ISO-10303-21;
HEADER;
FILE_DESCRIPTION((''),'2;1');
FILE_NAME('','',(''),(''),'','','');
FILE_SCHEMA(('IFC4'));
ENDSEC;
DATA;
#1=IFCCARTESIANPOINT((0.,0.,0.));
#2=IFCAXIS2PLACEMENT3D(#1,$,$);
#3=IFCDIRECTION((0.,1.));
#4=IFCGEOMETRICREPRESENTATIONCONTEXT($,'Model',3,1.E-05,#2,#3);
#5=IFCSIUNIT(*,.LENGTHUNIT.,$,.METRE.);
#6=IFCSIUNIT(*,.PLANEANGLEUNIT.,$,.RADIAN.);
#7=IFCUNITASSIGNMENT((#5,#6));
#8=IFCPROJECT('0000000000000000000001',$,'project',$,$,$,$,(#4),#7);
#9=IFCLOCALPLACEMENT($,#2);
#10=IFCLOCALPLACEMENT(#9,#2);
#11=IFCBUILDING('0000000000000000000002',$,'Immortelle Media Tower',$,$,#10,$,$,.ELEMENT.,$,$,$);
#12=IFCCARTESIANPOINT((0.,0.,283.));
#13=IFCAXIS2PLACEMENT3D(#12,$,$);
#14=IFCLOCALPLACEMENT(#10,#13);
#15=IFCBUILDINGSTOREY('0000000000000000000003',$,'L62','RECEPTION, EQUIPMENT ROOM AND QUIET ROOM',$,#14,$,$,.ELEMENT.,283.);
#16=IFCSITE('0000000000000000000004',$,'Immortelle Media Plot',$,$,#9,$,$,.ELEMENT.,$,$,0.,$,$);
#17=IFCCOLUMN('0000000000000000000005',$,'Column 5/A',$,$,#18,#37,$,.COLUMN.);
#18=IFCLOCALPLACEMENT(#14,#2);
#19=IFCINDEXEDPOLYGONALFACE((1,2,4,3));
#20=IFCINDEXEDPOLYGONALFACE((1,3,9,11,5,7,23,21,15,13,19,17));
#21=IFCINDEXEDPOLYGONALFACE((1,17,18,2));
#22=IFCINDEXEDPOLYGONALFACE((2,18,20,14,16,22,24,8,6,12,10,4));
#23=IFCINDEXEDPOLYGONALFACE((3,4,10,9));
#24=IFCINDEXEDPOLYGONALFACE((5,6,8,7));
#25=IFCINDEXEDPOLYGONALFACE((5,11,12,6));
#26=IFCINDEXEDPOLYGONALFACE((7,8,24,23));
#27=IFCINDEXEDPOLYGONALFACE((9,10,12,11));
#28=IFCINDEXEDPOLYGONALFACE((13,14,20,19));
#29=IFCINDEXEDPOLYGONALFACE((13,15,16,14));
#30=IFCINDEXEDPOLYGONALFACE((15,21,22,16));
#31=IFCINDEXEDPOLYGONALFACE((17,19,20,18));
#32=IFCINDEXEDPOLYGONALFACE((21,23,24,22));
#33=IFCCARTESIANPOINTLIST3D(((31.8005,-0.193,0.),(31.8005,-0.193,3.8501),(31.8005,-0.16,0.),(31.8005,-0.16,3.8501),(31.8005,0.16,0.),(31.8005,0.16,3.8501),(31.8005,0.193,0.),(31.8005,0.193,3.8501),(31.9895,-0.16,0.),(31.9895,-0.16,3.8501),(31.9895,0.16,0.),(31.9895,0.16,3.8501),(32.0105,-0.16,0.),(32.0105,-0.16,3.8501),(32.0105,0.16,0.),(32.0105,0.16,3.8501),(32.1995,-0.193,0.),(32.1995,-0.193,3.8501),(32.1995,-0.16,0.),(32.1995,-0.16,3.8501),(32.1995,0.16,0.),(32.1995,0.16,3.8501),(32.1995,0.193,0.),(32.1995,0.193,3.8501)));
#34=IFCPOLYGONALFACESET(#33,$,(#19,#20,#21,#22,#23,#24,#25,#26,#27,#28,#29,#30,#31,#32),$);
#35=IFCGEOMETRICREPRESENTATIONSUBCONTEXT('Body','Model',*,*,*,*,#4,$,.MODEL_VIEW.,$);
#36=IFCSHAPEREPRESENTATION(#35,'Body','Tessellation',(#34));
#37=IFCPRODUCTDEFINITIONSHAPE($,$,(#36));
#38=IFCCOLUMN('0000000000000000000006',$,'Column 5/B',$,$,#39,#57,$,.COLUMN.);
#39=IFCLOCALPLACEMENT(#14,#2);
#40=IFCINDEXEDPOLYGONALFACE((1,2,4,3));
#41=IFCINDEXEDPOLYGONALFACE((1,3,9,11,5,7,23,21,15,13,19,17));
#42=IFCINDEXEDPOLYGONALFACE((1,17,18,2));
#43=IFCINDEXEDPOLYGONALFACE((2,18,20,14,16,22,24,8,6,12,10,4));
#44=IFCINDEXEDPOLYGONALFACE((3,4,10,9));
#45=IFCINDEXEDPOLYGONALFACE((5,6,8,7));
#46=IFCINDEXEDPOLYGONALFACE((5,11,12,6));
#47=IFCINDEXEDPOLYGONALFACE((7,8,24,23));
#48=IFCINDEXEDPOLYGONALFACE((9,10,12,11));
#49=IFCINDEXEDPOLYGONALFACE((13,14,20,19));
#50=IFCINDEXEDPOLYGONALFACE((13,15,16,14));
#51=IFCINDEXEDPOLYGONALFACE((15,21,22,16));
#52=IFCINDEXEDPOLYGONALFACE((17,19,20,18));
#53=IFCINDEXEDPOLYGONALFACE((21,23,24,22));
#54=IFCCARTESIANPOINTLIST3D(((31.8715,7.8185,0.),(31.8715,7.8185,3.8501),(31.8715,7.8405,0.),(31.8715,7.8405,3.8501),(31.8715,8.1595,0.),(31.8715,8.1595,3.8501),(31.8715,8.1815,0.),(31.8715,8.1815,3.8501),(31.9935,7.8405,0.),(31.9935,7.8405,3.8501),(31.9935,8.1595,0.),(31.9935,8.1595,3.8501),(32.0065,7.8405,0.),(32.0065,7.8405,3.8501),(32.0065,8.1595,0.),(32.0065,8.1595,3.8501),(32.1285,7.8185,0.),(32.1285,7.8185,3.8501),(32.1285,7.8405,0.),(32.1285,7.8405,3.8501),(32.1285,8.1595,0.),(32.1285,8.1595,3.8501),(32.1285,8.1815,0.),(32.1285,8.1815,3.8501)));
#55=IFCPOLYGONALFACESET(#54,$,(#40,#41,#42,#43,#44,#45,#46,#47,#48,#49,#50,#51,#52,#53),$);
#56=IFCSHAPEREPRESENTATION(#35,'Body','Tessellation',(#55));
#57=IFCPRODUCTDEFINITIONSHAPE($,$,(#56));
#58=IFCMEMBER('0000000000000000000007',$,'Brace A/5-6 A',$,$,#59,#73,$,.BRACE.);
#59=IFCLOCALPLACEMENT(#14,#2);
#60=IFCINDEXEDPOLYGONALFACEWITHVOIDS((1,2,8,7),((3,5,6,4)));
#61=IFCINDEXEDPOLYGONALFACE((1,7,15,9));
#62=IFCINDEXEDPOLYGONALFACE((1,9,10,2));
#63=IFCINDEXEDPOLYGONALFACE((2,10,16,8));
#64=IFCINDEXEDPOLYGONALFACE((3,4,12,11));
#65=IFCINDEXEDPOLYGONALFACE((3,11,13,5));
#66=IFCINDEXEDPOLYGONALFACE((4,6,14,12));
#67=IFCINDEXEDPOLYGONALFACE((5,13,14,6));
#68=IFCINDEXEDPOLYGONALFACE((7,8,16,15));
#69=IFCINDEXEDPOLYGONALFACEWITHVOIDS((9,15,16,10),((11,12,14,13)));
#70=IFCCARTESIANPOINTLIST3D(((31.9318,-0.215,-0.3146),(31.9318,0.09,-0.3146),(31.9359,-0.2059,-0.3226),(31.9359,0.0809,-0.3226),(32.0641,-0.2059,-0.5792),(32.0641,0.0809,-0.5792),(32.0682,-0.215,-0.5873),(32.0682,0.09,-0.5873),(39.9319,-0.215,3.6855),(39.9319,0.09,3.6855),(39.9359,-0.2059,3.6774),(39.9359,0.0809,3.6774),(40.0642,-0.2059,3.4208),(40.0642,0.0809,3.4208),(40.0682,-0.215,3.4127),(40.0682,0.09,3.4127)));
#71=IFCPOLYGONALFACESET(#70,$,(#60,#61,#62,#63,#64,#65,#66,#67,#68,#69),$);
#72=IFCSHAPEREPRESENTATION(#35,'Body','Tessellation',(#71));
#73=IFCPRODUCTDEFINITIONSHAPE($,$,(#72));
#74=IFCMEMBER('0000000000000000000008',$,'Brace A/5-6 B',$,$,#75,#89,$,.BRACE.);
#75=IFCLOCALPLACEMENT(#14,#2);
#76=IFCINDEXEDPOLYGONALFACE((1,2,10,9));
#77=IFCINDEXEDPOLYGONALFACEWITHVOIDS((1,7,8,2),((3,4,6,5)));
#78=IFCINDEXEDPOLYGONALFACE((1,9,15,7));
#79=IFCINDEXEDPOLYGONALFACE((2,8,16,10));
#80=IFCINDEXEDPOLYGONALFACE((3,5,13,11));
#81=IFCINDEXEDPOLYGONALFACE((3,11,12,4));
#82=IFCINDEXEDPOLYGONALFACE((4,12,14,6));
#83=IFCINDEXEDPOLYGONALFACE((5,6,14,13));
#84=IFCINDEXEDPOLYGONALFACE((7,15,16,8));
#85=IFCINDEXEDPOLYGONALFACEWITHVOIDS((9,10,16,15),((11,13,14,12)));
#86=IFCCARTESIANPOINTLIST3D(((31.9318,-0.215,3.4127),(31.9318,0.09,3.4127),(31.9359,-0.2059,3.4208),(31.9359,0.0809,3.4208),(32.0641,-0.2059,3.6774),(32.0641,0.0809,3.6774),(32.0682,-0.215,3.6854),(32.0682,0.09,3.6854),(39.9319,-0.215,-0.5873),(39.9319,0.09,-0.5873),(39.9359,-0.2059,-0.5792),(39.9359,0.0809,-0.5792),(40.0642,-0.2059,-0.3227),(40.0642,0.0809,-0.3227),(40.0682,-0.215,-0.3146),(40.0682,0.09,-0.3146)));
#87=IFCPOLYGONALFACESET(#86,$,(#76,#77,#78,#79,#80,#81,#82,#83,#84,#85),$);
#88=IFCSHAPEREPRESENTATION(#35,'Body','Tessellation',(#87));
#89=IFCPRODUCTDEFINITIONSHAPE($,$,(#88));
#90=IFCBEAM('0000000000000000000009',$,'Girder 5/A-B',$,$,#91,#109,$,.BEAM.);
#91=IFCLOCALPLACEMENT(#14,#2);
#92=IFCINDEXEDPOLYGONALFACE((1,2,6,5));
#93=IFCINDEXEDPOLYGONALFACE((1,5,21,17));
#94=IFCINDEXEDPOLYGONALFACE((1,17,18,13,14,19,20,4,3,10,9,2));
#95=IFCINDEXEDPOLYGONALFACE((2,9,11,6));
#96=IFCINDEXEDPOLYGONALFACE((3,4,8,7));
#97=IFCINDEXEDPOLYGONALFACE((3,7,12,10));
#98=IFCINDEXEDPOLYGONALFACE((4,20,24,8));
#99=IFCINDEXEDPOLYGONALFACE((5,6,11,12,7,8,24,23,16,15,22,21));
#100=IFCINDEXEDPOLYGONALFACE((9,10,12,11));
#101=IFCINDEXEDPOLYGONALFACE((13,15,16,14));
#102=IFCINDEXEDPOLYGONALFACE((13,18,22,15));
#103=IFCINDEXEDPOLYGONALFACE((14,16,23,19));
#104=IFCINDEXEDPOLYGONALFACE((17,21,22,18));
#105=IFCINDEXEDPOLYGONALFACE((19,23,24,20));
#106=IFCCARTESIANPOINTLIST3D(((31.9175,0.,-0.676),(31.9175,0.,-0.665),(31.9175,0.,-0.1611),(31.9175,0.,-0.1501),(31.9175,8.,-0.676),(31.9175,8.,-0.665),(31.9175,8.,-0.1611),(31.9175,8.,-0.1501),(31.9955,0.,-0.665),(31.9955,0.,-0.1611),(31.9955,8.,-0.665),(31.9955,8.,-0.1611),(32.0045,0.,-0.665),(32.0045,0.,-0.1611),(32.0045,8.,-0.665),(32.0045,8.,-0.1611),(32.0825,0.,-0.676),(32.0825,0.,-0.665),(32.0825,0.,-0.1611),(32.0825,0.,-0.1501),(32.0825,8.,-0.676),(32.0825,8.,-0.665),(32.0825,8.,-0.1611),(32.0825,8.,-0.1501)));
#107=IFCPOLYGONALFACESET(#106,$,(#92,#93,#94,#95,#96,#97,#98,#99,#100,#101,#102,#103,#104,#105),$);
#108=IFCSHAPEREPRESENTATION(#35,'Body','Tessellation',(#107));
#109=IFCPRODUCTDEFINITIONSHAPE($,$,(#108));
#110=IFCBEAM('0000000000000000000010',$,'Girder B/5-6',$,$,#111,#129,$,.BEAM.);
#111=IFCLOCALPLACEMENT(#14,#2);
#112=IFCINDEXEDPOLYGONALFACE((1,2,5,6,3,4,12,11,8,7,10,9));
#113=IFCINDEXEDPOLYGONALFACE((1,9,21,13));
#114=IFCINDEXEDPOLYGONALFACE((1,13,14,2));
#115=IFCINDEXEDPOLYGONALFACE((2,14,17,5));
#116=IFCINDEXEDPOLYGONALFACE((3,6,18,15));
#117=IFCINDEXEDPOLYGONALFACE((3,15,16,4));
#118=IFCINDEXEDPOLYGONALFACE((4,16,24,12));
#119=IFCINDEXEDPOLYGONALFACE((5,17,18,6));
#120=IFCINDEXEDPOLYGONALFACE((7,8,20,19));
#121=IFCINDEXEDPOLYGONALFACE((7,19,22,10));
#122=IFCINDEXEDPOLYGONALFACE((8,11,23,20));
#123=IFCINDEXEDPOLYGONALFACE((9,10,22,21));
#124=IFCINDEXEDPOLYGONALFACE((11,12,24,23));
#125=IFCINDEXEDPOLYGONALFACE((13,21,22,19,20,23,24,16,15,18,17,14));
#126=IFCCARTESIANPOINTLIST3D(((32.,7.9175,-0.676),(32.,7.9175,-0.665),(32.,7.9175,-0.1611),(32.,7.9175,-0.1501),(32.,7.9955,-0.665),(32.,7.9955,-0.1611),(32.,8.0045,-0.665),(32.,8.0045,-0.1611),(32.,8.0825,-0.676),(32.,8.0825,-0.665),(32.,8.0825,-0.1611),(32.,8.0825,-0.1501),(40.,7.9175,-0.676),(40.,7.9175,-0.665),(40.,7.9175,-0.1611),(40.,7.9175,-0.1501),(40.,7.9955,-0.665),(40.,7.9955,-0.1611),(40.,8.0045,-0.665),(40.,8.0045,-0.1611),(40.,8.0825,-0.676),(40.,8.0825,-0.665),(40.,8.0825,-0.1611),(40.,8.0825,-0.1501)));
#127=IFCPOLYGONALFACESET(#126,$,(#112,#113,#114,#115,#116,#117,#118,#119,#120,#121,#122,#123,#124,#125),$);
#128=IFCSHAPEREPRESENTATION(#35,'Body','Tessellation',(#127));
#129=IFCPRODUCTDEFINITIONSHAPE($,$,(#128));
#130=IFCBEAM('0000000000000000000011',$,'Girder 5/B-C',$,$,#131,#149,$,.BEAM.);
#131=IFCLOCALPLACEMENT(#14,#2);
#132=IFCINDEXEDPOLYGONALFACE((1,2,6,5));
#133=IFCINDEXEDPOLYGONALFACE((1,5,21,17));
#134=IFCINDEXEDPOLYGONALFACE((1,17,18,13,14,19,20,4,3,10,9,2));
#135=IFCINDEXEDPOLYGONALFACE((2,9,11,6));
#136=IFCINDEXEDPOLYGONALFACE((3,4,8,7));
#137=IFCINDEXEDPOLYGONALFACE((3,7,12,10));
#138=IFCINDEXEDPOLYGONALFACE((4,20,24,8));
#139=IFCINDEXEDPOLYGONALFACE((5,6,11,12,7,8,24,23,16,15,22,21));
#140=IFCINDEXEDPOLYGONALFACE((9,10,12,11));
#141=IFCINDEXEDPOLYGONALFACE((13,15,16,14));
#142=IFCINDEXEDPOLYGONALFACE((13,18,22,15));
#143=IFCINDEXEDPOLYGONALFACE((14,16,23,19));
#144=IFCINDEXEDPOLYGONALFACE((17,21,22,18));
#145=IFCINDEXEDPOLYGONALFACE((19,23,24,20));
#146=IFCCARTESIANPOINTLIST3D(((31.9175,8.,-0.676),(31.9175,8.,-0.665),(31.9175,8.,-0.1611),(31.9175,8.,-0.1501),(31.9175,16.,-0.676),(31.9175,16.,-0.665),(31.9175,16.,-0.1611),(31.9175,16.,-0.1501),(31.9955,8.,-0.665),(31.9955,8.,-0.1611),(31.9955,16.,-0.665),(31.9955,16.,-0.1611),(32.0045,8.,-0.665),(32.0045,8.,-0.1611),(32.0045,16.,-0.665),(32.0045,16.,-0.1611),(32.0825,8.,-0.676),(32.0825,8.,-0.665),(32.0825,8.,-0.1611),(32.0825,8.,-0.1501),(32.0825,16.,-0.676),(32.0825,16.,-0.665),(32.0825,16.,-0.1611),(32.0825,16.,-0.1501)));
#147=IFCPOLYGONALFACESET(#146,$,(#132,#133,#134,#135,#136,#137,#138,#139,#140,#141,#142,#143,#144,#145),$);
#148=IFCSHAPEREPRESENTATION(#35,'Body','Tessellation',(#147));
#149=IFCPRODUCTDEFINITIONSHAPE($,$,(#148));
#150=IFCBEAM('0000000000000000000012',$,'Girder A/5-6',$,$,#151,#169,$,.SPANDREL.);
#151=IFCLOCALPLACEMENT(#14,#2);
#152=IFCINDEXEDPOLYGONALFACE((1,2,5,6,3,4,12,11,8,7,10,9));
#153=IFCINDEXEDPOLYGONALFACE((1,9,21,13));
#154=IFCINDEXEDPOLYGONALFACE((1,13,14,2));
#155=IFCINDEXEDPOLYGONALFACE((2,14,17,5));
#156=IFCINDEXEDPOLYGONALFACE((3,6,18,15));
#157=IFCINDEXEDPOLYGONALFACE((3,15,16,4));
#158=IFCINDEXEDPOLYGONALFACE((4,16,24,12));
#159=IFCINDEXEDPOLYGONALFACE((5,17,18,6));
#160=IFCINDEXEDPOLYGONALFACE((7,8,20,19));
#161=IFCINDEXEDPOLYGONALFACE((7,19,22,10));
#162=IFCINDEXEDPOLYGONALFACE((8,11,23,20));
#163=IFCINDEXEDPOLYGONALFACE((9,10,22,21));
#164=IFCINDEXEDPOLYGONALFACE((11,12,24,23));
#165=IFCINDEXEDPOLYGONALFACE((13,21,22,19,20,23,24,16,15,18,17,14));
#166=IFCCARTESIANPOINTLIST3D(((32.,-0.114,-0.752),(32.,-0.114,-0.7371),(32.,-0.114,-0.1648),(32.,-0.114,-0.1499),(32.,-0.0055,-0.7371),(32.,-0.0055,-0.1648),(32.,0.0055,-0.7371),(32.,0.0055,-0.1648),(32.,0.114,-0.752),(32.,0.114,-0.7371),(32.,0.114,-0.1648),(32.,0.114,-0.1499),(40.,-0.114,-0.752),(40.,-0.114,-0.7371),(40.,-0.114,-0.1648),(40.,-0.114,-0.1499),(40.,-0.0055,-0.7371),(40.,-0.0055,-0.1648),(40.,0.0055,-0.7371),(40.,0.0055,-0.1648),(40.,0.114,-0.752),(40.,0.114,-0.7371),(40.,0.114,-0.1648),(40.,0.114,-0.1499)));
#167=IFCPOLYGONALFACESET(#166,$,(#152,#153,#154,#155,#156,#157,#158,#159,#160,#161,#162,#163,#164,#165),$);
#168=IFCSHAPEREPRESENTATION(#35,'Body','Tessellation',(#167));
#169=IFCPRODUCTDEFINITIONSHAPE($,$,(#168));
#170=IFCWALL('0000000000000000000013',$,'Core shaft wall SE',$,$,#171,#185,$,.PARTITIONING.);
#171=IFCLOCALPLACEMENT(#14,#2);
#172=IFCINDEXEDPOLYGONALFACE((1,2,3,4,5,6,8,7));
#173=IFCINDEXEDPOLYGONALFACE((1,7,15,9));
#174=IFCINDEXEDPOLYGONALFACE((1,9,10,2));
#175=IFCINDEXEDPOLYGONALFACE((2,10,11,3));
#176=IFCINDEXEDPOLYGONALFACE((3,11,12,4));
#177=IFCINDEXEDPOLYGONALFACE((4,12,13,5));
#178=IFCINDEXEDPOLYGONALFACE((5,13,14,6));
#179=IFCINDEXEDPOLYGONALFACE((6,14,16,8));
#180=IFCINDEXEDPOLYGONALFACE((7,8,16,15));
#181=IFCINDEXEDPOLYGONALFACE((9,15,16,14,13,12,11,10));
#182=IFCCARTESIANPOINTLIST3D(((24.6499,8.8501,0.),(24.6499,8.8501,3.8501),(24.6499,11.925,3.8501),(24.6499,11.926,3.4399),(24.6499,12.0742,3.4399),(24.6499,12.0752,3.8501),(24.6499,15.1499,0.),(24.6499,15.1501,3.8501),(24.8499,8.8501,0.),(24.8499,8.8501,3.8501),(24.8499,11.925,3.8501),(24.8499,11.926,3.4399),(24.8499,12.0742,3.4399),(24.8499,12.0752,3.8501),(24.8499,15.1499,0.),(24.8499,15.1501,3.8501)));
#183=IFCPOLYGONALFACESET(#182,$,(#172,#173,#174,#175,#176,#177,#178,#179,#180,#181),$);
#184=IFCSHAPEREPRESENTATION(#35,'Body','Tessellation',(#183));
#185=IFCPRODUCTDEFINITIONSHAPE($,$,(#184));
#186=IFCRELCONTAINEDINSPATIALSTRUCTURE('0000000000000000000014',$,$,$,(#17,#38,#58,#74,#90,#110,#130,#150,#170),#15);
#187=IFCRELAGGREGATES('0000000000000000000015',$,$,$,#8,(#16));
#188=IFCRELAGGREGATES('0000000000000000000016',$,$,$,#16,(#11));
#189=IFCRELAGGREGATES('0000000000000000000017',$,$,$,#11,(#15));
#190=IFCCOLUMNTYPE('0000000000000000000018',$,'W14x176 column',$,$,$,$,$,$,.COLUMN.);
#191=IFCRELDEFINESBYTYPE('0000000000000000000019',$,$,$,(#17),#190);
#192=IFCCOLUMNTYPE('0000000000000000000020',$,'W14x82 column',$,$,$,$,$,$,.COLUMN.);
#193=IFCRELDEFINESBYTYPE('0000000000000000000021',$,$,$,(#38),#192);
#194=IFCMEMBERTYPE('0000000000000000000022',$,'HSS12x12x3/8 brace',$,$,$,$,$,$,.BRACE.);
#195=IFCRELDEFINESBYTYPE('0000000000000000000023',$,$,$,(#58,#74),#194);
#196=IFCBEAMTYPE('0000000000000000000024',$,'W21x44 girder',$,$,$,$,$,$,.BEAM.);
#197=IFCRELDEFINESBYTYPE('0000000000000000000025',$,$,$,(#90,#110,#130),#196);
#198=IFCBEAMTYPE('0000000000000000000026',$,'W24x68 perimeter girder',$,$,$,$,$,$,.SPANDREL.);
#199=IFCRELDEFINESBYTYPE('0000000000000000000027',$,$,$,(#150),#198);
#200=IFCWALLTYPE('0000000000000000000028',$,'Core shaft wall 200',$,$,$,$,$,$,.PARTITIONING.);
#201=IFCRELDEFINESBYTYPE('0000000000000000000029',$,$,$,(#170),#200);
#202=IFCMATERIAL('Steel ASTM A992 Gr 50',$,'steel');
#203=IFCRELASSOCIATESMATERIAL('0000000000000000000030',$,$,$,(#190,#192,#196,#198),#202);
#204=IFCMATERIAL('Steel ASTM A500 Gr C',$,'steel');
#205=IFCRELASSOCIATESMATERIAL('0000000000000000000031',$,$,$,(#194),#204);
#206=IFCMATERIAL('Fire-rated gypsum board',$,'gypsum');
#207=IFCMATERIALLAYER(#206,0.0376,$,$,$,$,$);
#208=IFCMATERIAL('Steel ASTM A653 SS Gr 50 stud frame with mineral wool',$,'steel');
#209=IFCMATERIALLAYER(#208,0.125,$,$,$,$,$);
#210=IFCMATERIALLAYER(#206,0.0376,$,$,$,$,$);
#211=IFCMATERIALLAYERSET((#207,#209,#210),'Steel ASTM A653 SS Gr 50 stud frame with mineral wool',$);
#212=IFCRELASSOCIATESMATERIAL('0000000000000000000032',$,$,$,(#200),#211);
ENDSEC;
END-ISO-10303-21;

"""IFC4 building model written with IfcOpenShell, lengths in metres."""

from ifc_helpers import new_model, si_unit, direction, frame, origin, origin_2d, place, context, subcontext, project, spatial, polyline, hollow_rectangle, i_section, outline, extrude, material, layer, layer_set, material_profile, profile_set, type_object, element, save


model = new_model("IFC4")

# Units and contexts
model_context = context("Model", 3, precision=1e-05, world=origin(), true_north=direction((0.0, 1.0)))
body_context = subcontext(model_context, "Body", "Model", "MODEL_VIEW")
ifc_project = project(units=[si_unit("LENGTHUNIT", "METRE"), si_unit("PLANEANGLEUNIT", "RADIAN")], contexts=[model_context])

# Site, building, storey
site_placement = place(None, origin())
site = spatial("IfcSite", under=ifc_project, at=site_placement, Name="Immortelle Media Plot", CompositionType="ELEMENT", RefElevation=0.0)
building_placement = place(site_placement, origin())
building = spatial("IfcBuilding", under=site, at=building_placement, Name="Immortelle Media Tower", CompositionType="ELEMENT")
storey_placement = place(building_placement, frame((0.0, 0.0, 283.0)))
storey = spatial("IfcBuildingStorey", under=building, at=storey_placement, Name="L62", Description="RECEPTION, EQUIPMENT ROOM AND QUIET ROOM", CompositionType="ELEMENT", Elevation=283.0)

# Columns
ifc_material_1 = material(Name="Steel ASTM A992 Gr 50", Category="steel")
ifc_material_profile_1 = material_profile(ifc_material_1, i_section(OverallWidth=0.3989, OverallDepth=0.386, WebThickness=0.021, FlangeThickness=0.033, at=origin_2d()), Name="W14x176")
ifc_profile_set_1 = profile_set([ifc_material_profile_1], Name="Steel ASTM A992 Gr 50")
column_type_1 = type_object("IfcColumnType", Name="W14x176 column", PredefinedType="COLUMN", material=ifc_profile_set_1)
column_1_placement = place(storey_placement, frame((32.0, 0.0, 0.0), z_axis=(0.0, 0.0, 1.0), x_axis=(1.0, 0.0, 0.0)))
element("IfcColumn", 1, at=column_1_placement, inside=storey, type_object=column_type_1, Name="Column 5/A", PredefinedType="COLUMN", context=body_context, shape_type="SweptSolid", body=[
    extrude(i_section(OverallWidth=0.3989, OverallDepth=0.386, WebThickness=0.021, FlangeThickness=0.033, at=origin_2d()), origin(), (0.0, 0.0, 1.0), 3.8501),
])
ifc_material_profile_2 = material_profile(ifc_material_1, i_section(OverallWidth=0.2571, OverallDepth=0.363, WebThickness=0.0129, FlangeThickness=0.022, at=origin_2d()), Name="W14x82")
ifc_profile_set_2 = profile_set([ifc_material_profile_2], Name="Steel ASTM A992 Gr 50")
column_type_2 = type_object("IfcColumnType", Name="W14x82 column", PredefinedType="COLUMN", material=ifc_profile_set_2)
column_2_placement = place(storey_placement, frame((32.0, 8.0, 0.0), z_axis=(0.0, 0.0, 1.0), x_axis=(1.0, 0.0, 0.0)))
element("IfcColumn", 2, at=column_2_placement, inside=storey, type_object=column_type_2, Name="Column 5/B", PredefinedType="COLUMN", context=body_context, shape_type="SweptSolid", body=[
    extrude(i_section(OverallWidth=0.2571, OverallDepth=0.363, WebThickness=0.0129, FlangeThickness=0.022, at=origin_2d()), origin(), (0.0, 0.0, 1.0), 3.8501),
])

# Members
ifc_material_2 = material(Name="Steel ASTM A500 Gr C", Category="steel")
ifc_material_profile_3 = material_profile(ifc_material_2, hollow_rectangle(XDim=0.3049, YDim=0.3049, WallThickness=0.009, at=origin_2d()), Name="HSS12x12x3/8 brace")
ifc_profile_set_3 = profile_set([ifc_material_profile_3], Name="Steel ASTM A500 Gr C")
member_type = type_object("IfcMemberType", Name="HSS12x12x3/8 brace", PredefinedType="BRACE", material=ifc_profile_set_3)
for number, where, z_axis, x_axis, name in (
    (3, (32.0, -0.0625, -0.4509), (0.894427, 0.0, 0.447214), (0.0, 1.0, 0.0), "Brace A/5-6 A"),
    (4, (32.0, -0.0625, 3.5491), (0.894427, 0.0, -0.447214), (0.0, 1.0, 0.0), "Brace A/5-6 B"),
):
    element("IfcMember", number, at=place(storey_placement, frame(where, z_axis=z_axis, x_axis=x_axis)), inside=storey, type_object=member_type, Name=name, PredefinedType="BRACE", context=body_context, shape_type="SweptSolid", body=[
        extrude(hollow_rectangle(XDim=0.3049, YDim=0.3049, WallThickness=0.009, at=origin_2d()), origin(), (0.0, 0.0, 1.0), 8.9443),
    ])

# Beams
ifc_material_profile_4 = material_profile(ifc_material_1, i_section(OverallWidth=0.165, OverallDepth=0.5259, WebThickness=0.009, FlangeThickness=0.011, at=origin_2d()), Name="W21x44")
ifc_profile_set_4 = profile_set([ifc_material_profile_4], Name="Steel ASTM A992 Gr 50")
beam_type_1 = type_object("IfcBeamType", Name="W21x44 girder", PredefinedType="BEAM", material=ifc_profile_set_4)
for number, where, z_axis, x_axis, name in (
    (5, (32.0, 0.0, -0.4131), (0.0, 1.0, 0.0), (-1.0, 0.0, 0.0), "Girder 5/A-B"),
    (6, (32.0, 8.0, -0.4131), (1.0, 0.0, 0.0), (0.0, 1.0, 0.0), "Girder B/5-6"),
    (7, (32.0, 8.0, -0.4131), (0.0, 1.0, 0.0), (-1.0, 0.0, 0.0), "Girder 5/B-C"),
):
    element("IfcBeam", number, at=place(storey_placement, frame(where, z_axis=z_axis, x_axis=x_axis)), inside=storey, type_object=beam_type_1, Name=name, PredefinedType="BEAM", context=body_context, shape_type="SweptSolid", body=[
        extrude(i_section(OverallWidth=0.165, OverallDepth=0.5259, WebThickness=0.009, FlangeThickness=0.011, at=origin_2d()), origin(), (0.0, 0.0, 1.0), 8.0),
    ])
ifc_material_profile_5 = material_profile(ifc_material_1, i_section(OverallWidth=0.228, OverallDepth=0.6021, WebThickness=0.011, FlangeThickness=0.0149, at=origin_2d()), Name="W24x68")
ifc_profile_set_5 = profile_set([ifc_material_profile_5], Name="Steel ASTM A992 Gr 50")
beam_type_2 = type_object("IfcBeamType", Name="W24x68 perimeter girder", PredefinedType="SPANDREL", material=ifc_profile_set_5)
beam_placement = place(storey_placement, frame((32.0, 0.0, -0.4509), z_axis=(1.0, 0.0, 0.0), x_axis=(0.0, 1.0, 0.0)))
element("IfcBeam", 8, at=beam_placement, inside=storey, type_object=beam_type_2, Name="Girder A/5-6", PredefinedType="SPANDREL", context=body_context, shape_type="SweptSolid", body=[
    extrude(i_section(OverallWidth=0.228, OverallDepth=0.6021, WebThickness=0.011, FlangeThickness=0.0149, at=origin_2d()), origin(), (0.0, 0.0, 1.0), 8.0),
])

# Wall
ifc_material_3 = material(Name="Fire-rated gypsum board", Category="gypsum")
ifc_layer_1 = layer(ifc_material_3, 0.0376)
ifc_material_4 = material(Name="Steel ASTM A653 SS Gr 50 stud frame with mineral wool", Category="steel")
ifc_layer_2 = layer(ifc_material_4, 0.125)
ifc_layer_3 = layer(ifc_material_3, 0.0376)
ifc_layer_set_1 = layer_set([ifc_layer_1, ifc_layer_2, ifc_layer_3], Name="Steel ASTM A653 SS Gr 50 stud frame with mineral wool")
wall_type_1 = type_object("IfcWallType", Name="Core shaft wall 200", PredefinedType="PARTITIONING", material=ifc_layer_set_1)
wall_1_placement = place(storey_placement, frame((24.75, 8.8501, 0.0), z_axis=(0.0, 0.0, 1.0), x_axis=(0.0, 1.0, 0.0)))
element("IfcWall", 9, at=wall_1_placement, inside=storey, type_object=wall_type_1, Name="Core shaft wall SE", PredefinedType="PARTITIONING", context=body_context, shape_type="SweptSolid", body=[
    extrude(outline(polyline([(0.0, 0.0), (6.2998, 0.0), (6.3, 3.8501), (3.2251, 3.8501), (3.2241, 3.4399), (3.0759, 3.4399), (3.075, 3.8501), (0.0, 3.8501), (0.0, 0.0)])), frame((0.0, 0.1001, 0.0), z_axis=(0.0, -1.0, 0.0), x_axis=(1.0, 0.0, 0.0)), (0.0, 0.0, 1.0), 0.2),
])

save(model, "model.ifc")
